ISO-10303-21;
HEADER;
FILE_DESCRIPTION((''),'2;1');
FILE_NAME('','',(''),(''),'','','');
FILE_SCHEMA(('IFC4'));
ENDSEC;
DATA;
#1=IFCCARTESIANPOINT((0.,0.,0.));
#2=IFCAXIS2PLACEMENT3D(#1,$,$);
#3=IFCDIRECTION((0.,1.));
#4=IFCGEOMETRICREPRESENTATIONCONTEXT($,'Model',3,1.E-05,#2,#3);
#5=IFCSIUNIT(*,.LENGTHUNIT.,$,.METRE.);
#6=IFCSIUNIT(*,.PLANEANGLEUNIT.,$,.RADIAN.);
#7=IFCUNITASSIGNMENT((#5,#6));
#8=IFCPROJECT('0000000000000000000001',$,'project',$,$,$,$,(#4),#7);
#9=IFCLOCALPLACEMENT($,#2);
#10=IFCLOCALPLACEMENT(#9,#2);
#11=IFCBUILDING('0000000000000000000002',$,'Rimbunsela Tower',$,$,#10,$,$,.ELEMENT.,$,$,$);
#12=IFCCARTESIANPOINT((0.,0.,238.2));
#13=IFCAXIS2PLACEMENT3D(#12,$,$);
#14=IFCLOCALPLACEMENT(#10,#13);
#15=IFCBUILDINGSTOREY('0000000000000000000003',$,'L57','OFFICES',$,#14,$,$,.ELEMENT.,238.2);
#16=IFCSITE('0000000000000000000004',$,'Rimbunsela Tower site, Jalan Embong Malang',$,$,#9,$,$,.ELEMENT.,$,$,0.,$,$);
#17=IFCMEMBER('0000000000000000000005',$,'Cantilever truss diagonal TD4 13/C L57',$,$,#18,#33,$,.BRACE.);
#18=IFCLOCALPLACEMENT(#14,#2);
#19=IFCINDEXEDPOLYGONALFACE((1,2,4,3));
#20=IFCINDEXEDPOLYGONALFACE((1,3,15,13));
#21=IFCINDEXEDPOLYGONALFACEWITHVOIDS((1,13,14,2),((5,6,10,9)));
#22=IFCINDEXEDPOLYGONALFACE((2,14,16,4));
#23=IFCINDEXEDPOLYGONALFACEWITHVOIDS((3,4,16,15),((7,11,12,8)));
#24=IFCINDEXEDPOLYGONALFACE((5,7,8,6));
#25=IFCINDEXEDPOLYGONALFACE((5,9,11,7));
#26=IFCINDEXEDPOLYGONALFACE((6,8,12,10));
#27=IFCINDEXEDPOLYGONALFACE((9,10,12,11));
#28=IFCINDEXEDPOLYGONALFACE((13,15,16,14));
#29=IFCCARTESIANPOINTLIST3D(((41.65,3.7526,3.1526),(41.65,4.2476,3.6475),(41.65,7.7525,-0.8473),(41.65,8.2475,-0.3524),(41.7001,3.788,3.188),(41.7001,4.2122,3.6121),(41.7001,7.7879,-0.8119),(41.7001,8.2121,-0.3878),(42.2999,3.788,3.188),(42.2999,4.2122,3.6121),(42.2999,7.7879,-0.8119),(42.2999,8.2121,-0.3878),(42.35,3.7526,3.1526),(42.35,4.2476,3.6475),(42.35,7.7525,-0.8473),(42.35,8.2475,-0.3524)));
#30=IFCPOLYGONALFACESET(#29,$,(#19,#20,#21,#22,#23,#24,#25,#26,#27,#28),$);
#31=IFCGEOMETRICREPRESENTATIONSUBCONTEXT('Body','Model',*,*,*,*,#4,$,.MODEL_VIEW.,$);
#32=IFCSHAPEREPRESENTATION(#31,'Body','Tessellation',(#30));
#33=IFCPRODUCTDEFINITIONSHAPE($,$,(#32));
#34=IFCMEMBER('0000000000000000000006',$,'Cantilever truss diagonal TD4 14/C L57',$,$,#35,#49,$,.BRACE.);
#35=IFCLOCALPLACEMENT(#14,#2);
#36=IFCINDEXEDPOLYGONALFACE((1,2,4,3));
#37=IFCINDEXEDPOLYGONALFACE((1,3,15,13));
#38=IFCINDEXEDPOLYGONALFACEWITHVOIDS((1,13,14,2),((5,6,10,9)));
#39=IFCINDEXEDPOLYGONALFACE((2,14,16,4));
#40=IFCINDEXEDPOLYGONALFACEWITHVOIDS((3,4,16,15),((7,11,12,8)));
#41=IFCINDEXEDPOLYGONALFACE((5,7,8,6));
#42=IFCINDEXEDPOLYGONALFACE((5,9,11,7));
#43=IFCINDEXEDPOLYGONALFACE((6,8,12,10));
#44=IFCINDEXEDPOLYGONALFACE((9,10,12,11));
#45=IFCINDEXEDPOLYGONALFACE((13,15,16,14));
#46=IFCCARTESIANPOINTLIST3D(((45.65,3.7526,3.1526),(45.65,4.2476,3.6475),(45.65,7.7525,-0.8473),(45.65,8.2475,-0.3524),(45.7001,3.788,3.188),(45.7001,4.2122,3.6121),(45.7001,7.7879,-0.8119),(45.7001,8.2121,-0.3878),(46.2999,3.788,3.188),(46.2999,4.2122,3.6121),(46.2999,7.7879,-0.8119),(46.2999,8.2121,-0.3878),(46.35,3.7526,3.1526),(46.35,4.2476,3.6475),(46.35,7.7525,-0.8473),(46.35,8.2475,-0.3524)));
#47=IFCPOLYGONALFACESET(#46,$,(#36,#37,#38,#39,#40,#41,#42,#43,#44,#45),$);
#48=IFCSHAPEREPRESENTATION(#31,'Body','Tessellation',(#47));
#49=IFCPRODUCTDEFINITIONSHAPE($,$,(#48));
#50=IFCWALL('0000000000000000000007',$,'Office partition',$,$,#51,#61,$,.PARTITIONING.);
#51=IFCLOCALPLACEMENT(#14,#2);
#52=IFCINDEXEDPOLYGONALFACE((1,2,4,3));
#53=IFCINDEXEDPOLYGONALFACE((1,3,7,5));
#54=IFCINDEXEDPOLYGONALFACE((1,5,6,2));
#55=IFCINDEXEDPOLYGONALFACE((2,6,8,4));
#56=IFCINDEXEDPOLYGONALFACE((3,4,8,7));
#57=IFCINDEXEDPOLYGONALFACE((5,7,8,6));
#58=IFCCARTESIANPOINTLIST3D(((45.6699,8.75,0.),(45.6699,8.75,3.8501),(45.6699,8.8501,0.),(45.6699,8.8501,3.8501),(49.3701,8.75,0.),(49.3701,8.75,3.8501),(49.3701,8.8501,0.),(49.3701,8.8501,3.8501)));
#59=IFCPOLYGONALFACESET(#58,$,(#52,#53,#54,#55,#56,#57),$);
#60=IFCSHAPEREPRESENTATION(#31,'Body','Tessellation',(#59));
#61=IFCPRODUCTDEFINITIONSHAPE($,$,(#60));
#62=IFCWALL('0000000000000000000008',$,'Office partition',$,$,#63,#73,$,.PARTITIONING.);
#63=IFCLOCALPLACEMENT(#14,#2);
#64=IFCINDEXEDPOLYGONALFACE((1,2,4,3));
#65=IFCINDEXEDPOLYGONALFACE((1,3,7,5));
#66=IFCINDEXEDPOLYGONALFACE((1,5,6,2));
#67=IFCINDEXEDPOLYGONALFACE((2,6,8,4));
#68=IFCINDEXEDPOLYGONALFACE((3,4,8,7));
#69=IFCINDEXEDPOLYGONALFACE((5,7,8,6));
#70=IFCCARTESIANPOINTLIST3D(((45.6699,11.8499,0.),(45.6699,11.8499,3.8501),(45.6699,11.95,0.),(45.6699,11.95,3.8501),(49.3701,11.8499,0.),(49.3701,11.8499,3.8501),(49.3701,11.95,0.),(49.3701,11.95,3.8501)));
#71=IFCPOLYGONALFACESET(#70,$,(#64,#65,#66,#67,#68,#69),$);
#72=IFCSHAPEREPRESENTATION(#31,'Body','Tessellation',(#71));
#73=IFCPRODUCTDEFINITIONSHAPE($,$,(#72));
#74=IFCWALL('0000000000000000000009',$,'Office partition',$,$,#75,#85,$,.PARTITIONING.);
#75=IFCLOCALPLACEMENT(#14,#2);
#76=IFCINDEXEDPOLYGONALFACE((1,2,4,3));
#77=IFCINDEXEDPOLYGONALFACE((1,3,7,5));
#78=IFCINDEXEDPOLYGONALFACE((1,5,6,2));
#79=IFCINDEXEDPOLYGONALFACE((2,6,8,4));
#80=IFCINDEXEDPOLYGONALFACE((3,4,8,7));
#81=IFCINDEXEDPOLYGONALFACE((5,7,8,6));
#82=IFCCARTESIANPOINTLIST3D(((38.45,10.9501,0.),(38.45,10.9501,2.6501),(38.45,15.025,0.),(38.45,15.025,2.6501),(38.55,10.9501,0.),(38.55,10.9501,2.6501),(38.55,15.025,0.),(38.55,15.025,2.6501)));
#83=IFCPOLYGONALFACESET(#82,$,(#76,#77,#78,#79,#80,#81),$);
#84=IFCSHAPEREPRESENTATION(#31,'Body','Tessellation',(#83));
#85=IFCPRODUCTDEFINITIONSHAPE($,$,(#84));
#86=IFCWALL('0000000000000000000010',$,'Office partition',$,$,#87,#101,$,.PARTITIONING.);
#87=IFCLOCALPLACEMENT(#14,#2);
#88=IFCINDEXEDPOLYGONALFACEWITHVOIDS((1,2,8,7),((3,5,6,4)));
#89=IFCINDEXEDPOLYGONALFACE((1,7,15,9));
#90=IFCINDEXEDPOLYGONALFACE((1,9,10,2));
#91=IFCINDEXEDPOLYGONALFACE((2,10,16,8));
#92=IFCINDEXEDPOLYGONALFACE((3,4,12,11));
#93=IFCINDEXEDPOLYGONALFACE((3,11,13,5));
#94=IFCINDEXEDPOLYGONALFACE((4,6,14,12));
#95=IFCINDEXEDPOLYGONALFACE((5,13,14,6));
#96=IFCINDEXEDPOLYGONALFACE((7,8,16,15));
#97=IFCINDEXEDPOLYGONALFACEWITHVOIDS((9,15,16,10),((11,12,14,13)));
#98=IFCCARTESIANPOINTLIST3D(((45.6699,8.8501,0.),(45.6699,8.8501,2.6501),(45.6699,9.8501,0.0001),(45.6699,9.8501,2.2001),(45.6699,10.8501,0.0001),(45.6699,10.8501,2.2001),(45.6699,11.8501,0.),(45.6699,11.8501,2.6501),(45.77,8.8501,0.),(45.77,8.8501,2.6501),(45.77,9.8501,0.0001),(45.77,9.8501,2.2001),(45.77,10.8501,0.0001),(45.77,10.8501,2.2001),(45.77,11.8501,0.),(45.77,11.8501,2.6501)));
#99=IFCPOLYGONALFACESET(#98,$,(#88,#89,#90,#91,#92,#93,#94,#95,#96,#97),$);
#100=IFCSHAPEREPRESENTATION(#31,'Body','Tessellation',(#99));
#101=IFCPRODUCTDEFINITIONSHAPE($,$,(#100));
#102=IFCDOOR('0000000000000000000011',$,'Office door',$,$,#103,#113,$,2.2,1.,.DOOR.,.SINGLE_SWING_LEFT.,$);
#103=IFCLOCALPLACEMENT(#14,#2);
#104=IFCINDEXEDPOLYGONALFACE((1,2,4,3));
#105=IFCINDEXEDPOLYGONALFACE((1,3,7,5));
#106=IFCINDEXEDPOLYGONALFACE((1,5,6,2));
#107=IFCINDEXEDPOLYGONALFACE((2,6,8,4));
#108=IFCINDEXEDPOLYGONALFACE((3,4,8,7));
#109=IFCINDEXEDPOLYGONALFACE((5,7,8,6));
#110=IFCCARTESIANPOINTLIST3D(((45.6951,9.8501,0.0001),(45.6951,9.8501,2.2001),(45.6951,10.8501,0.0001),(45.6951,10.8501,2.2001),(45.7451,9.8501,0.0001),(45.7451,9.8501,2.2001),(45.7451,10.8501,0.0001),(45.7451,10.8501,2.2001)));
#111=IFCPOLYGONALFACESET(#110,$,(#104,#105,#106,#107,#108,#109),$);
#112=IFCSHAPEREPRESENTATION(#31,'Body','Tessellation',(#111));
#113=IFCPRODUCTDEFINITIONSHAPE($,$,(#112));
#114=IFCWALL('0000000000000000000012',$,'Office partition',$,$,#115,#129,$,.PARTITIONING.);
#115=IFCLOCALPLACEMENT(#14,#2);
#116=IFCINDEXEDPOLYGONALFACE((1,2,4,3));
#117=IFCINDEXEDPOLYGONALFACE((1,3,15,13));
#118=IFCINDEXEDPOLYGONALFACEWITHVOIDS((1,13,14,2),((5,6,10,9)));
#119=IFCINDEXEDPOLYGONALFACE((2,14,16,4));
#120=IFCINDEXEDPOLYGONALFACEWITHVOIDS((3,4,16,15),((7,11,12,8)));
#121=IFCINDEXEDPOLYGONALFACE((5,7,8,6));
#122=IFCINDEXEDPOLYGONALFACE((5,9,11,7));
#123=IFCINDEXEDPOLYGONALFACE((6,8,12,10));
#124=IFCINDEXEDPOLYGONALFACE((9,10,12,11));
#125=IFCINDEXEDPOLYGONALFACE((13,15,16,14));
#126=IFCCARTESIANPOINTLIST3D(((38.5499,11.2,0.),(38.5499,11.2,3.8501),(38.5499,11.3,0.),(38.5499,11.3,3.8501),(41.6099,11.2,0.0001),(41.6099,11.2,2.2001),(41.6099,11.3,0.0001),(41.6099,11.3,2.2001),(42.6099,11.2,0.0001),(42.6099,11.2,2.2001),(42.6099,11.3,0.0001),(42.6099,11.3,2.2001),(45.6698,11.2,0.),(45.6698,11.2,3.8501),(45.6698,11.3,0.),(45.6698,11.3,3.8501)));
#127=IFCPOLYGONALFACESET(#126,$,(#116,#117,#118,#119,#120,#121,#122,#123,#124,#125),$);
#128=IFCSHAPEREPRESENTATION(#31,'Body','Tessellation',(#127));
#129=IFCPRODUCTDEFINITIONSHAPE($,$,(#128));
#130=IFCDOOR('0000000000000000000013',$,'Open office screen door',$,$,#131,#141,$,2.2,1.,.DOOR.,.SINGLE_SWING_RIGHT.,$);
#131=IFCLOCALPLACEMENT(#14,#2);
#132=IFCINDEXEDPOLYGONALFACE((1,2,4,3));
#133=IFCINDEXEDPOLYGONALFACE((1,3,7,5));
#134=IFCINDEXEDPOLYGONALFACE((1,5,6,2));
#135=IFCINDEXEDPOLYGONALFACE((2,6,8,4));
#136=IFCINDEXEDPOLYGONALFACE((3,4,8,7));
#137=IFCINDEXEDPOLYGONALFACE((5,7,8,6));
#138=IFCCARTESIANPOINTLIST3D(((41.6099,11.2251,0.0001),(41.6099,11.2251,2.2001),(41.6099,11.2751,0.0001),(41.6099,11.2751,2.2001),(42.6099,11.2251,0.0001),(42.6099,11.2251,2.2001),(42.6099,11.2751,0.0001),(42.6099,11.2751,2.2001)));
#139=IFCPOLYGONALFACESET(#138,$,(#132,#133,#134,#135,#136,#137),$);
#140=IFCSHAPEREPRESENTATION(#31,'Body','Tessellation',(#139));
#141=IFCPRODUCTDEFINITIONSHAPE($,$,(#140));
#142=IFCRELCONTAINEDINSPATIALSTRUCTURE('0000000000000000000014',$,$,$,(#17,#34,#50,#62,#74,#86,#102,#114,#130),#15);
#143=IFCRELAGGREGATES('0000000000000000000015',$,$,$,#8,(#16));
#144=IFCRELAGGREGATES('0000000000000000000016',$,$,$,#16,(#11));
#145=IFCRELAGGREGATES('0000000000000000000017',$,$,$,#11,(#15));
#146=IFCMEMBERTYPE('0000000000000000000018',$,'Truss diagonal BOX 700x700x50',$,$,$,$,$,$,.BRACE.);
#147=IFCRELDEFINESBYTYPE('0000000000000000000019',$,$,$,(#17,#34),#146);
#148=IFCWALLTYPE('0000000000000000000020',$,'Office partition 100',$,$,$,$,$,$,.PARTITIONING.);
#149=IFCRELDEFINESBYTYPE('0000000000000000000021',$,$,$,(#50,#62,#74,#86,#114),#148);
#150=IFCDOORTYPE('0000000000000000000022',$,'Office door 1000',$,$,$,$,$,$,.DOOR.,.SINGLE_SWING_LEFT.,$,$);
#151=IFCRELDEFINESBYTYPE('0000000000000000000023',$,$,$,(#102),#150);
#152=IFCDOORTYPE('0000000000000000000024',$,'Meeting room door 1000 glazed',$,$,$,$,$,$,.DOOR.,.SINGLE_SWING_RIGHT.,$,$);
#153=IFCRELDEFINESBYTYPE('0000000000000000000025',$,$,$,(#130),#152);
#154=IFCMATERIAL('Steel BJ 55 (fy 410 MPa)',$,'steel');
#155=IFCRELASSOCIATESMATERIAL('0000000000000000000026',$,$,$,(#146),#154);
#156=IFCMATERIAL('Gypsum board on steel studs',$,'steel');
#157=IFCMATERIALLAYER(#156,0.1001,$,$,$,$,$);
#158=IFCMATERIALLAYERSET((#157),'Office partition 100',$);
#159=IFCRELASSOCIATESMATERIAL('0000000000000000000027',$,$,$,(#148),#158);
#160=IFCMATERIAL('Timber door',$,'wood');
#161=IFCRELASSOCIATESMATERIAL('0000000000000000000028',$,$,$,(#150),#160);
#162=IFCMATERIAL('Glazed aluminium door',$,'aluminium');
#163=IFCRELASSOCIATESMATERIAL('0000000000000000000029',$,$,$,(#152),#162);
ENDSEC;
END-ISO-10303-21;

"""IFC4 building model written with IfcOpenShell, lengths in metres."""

from ifc_helpers import new_model, si_unit, direction, frame, frame_2d, origin, origin_2d, place, context, subcontext, project, spatial, rectangle, hollow_rectangle, extrude, material, layer, layer_set, material_profile, profile_set, type_object, element, fill, save


model = new_model("IFC4")

# Units and contexts
model_context = context("Model", 3, precision=1e-05, world=origin(), true_north=direction((0.0, 1.0)))
body_context = subcontext(model_context, "Body", "Model", "MODEL_VIEW")
ifc_project = project(units=[si_unit("LENGTHUNIT", "METRE"), si_unit("PLANEANGLEUNIT", "RADIAN")], contexts=[model_context])

# Site, building, storey
site_placement = place(None, origin())
site = spatial("IfcSite", under=ifc_project, at=site_placement, Name="Rimbunsela Tower site, Jalan Embong Malang", CompositionType="ELEMENT", RefElevation=0.0)
building_placement = place(site_placement, origin())
building = spatial("IfcBuilding", under=site, at=building_placement, Name="Rimbunsela Tower", CompositionType="ELEMENT")
storey_placement = place(building_placement, frame((0.0, 0.0, 238.2)))
storey = spatial("IfcBuildingStorey", under=building, at=storey_placement, Name="L57", Description="OFFICES", CompositionType="ELEMENT", Elevation=238.2)

# Members
ifc_material_1 = material(Name="Steel BJ 55 (fy 410 MPa)", Category="steel")
ifc_material_profile_1 = material_profile(ifc_material_1, hollow_rectangle(XDim=0.7, YDim=0.7, WallThickness=0.05, at=origin_2d()), Name="BOX 700x700x50")
ifc_profile_set_1 = profile_set([ifc_material_profile_1], Name="Steel BJ 55 (fy 410 MPa)")
member_type = type_object("IfcMemberType", Name="Truss diagonal BOX 700x700x50", PredefinedType="BRACE", material=ifc_profile_set_1)
for number, where, z_axis, x_axis, name in (
    (1, (42.0, 8.0, -0.5999), (0.0, -0.707107, 0.707107), (1.0, 0.0, 0.0), "Cantilever truss diagonal TD4 13/C L57"),
    (2, (46.0, 8.0, -0.5999), (0.0, -0.707107, 0.707107), (1.0, 0.0, 0.0), "Cantilever truss diagonal TD4 14/C L57"),
):
    element("IfcMember", number, at=place(storey_placement, frame(where, z_axis=z_axis, x_axis=x_axis)), inside=storey, type_object=member_type, Name=name, PredefinedType="BRACE", context=body_context, shape_type="SweptSolid", body=[
        extrude(hollow_rectangle(XDim=0.7, YDim=0.7, WallThickness=0.05, at=origin_2d()), origin(), (0.0, 0.0, 1.0), 5.6567),
    ])

# Walls
ifc_material_2 = material(Name="Gypsum board on steel studs", Category="steel")
ifc_layer_1 = layer(ifc_material_2, 0.1001)
ifc_layer_set_1 = layer_set([ifc_layer_1], Name="Office partition 100")
wall_type_1 = type_object("IfcWallType", Name="Office partition 100", PredefinedType="PARTITIONING", material=ifc_layer_set_1)
for number, where, z_axis, x_axis, name in (
    (3, (45.6699, 8.8, 0.0), (0.0, 0.0, 1.0), (1.0, 0.0, 0.0), "Office partition"),
    (4, (45.6699, 11.8999, 0.0), (0.0, 0.0, 1.0), (1.0, 0.0, 0.0), "Office partition"),
):
    element("IfcWall", number, at=place(storey_placement, frame(where, z_axis=z_axis, x_axis=x_axis)), inside=storey, type_object=wall_type_1, Name=name, PredefinedType="PARTITIONING", context=body_context, shape_type="SweptSolid", body=[
        extrude(rectangle(XDim=3.7002, YDim=0.1001, at=frame_2d((1.8501, 0.0))), origin(), (0.0, 0.0, 1.0), 3.8501),
    ])
wall_1_placement = place(storey_placement, frame((38.5, 10.95, 0.0), z_axis=(0.0, 0.0, 1.0), x_axis=(0.0, 1.0, 0.0)))
element("IfcWall", 5, at=wall_1_placement, inside=storey, type_object=wall_type_1, Name="Office partition", PredefinedType="PARTITIONING", context=body_context, shape_type="SweptSolid", body=[
    extrude(rectangle(XDim=4.075, YDim=0.1001, at=frame_2d((2.0376, 0.0))), origin(), (0.0, 0.0, 1.0), 2.6501),
])

# Walls, openings, doors
wall_2_placement = place(storey_placement, frame((45.72, 8.8501, 0.0), z_axis=(0.0, 0.0, 1.0), x_axis=(0.0, 1.0, 0.0)))
wall_2 = element("IfcWall", 6, at=wall_2_placement, inside=storey, type_object=wall_type_1, Name="Office partition", PredefinedType="PARTITIONING", context=body_context, shape_type="SweptSolid", body=[
    extrude(rectangle(XDim=3.0, YDim=0.1001, at=frame_2d((1.5, 0.0))), origin(), (0.0, 0.0, 1.0), 2.6501),
])
opening_1_placement = place(wall_2_placement, frame((1.0, 0.0, 0.0)))
opening_1 = element("IfcOpeningElement", 7, at=opening_1_placement, cuts=wall_2, PredefinedType="OPENING", context=body_context, shape_type="SweptSolid", body=[
    extrude(rectangle(XDim=1.0, YDim=2.2, at=frame_2d((0.5, 1.1001))), frame((0.0, 0.0601, 0.0), z_axis=(0.0, -1.0, 0.0), x_axis=(1.0, 0.0, 0.0)), (0.0, 0.0, 1.0), 0.1201),
])
ifc_material_3 = material(Name="Timber door", Category="wood")
door_type_1 = type_object("IfcDoorType", Name="Office door 1000", OperationType="SINGLE_SWING_LEFT", PredefinedType="DOOR", material=ifc_material_3)
door_1_placement = place(opening_1_placement, origin())
door_1 = element("IfcDoor", 8, at=door_1_placement, inside=storey, type_object=door_type_1, Name="Office door", OperationType="SINGLE_SWING_LEFT", OverallHeight=2.2, OverallWidth=1.0, PredefinedType="DOOR", context=body_context, shape_type="SweptSolid", body=[
    extrude(rectangle(XDim=1.0, YDim=2.2, at=frame_2d((0.5, 1.1001))), frame((0.0, 0.0249, 0.0), z_axis=(0.0, -1.0, 0.0), x_axis=(1.0, 0.0, 0.0)), (0.0, 0.0, 1.0), 0.05),
])
fill(opening_1, door_1)
wall_3_placement = place(storey_placement, frame((45.6699, 11.25, 0.0), z_axis=(0.0, 0.0, 1.0), x_axis=(-1.0, 0.0, 0.0)))
wall_3 = element("IfcWall", 9, at=wall_3_placement, inside=storey, type_object=wall_type_1, Name="Office partition", PredefinedType="PARTITIONING", context=body_context, shape_type="SweptSolid", body=[
    extrude(rectangle(XDim=7.1199, YDim=0.1001, at=frame_2d((3.5601, 0.0))), origin(), (0.0, 0.0, 1.0), 3.8501),
])
opening_2_placement = place(wall_3_placement, frame((3.0601, 0.0, 0.0)))
opening_2 = element("IfcOpeningElement", 10, at=opening_2_placement, cuts=wall_3, PredefinedType="OPENING", context=body_context, shape_type="SweptSolid", body=[
    extrude(rectangle(XDim=1.0, YDim=2.2, at=frame_2d((0.5, 1.1001))), frame((0.0, 0.0601, 0.0), z_axis=(0.0, -1.0, 0.0), x_axis=(1.0, 0.0, 0.0)), (0.0, 0.0, 1.0), 0.1201),
])
ifc_material_4 = material(Name="Glazed aluminium door", Category="aluminium")
door_type_2 = type_object("IfcDoorType", Name="Meeting room door 1000 glazed", OperationType="SINGLE_SWING_RIGHT", PredefinedType="DOOR", material=ifc_material_4)
door_2_placement = place(opening_2_placement, origin())
door_2 = element("IfcDoor", 11, at=door_2_placement, inside=storey, type_object=door_type_2, Name="Open office screen door", OperationType="SINGLE_SWING_RIGHT", OverallHeight=2.2, OverallWidth=1.0, PredefinedType="DOOR", context=body_context, shape_type="SweptSolid", body=[
    extrude(rectangle(XDim=1.0, YDim=2.2, at=frame_2d((0.5, 1.1001))), frame((0.0, 0.0249, 0.0), z_axis=(0.0, -1.0, 0.0), x_axis=(1.0, 0.0, 0.0)), (0.0, 0.0, 1.0), 0.05),
])
fill(opening_2, door_2)

save(model, "model.ifc")
